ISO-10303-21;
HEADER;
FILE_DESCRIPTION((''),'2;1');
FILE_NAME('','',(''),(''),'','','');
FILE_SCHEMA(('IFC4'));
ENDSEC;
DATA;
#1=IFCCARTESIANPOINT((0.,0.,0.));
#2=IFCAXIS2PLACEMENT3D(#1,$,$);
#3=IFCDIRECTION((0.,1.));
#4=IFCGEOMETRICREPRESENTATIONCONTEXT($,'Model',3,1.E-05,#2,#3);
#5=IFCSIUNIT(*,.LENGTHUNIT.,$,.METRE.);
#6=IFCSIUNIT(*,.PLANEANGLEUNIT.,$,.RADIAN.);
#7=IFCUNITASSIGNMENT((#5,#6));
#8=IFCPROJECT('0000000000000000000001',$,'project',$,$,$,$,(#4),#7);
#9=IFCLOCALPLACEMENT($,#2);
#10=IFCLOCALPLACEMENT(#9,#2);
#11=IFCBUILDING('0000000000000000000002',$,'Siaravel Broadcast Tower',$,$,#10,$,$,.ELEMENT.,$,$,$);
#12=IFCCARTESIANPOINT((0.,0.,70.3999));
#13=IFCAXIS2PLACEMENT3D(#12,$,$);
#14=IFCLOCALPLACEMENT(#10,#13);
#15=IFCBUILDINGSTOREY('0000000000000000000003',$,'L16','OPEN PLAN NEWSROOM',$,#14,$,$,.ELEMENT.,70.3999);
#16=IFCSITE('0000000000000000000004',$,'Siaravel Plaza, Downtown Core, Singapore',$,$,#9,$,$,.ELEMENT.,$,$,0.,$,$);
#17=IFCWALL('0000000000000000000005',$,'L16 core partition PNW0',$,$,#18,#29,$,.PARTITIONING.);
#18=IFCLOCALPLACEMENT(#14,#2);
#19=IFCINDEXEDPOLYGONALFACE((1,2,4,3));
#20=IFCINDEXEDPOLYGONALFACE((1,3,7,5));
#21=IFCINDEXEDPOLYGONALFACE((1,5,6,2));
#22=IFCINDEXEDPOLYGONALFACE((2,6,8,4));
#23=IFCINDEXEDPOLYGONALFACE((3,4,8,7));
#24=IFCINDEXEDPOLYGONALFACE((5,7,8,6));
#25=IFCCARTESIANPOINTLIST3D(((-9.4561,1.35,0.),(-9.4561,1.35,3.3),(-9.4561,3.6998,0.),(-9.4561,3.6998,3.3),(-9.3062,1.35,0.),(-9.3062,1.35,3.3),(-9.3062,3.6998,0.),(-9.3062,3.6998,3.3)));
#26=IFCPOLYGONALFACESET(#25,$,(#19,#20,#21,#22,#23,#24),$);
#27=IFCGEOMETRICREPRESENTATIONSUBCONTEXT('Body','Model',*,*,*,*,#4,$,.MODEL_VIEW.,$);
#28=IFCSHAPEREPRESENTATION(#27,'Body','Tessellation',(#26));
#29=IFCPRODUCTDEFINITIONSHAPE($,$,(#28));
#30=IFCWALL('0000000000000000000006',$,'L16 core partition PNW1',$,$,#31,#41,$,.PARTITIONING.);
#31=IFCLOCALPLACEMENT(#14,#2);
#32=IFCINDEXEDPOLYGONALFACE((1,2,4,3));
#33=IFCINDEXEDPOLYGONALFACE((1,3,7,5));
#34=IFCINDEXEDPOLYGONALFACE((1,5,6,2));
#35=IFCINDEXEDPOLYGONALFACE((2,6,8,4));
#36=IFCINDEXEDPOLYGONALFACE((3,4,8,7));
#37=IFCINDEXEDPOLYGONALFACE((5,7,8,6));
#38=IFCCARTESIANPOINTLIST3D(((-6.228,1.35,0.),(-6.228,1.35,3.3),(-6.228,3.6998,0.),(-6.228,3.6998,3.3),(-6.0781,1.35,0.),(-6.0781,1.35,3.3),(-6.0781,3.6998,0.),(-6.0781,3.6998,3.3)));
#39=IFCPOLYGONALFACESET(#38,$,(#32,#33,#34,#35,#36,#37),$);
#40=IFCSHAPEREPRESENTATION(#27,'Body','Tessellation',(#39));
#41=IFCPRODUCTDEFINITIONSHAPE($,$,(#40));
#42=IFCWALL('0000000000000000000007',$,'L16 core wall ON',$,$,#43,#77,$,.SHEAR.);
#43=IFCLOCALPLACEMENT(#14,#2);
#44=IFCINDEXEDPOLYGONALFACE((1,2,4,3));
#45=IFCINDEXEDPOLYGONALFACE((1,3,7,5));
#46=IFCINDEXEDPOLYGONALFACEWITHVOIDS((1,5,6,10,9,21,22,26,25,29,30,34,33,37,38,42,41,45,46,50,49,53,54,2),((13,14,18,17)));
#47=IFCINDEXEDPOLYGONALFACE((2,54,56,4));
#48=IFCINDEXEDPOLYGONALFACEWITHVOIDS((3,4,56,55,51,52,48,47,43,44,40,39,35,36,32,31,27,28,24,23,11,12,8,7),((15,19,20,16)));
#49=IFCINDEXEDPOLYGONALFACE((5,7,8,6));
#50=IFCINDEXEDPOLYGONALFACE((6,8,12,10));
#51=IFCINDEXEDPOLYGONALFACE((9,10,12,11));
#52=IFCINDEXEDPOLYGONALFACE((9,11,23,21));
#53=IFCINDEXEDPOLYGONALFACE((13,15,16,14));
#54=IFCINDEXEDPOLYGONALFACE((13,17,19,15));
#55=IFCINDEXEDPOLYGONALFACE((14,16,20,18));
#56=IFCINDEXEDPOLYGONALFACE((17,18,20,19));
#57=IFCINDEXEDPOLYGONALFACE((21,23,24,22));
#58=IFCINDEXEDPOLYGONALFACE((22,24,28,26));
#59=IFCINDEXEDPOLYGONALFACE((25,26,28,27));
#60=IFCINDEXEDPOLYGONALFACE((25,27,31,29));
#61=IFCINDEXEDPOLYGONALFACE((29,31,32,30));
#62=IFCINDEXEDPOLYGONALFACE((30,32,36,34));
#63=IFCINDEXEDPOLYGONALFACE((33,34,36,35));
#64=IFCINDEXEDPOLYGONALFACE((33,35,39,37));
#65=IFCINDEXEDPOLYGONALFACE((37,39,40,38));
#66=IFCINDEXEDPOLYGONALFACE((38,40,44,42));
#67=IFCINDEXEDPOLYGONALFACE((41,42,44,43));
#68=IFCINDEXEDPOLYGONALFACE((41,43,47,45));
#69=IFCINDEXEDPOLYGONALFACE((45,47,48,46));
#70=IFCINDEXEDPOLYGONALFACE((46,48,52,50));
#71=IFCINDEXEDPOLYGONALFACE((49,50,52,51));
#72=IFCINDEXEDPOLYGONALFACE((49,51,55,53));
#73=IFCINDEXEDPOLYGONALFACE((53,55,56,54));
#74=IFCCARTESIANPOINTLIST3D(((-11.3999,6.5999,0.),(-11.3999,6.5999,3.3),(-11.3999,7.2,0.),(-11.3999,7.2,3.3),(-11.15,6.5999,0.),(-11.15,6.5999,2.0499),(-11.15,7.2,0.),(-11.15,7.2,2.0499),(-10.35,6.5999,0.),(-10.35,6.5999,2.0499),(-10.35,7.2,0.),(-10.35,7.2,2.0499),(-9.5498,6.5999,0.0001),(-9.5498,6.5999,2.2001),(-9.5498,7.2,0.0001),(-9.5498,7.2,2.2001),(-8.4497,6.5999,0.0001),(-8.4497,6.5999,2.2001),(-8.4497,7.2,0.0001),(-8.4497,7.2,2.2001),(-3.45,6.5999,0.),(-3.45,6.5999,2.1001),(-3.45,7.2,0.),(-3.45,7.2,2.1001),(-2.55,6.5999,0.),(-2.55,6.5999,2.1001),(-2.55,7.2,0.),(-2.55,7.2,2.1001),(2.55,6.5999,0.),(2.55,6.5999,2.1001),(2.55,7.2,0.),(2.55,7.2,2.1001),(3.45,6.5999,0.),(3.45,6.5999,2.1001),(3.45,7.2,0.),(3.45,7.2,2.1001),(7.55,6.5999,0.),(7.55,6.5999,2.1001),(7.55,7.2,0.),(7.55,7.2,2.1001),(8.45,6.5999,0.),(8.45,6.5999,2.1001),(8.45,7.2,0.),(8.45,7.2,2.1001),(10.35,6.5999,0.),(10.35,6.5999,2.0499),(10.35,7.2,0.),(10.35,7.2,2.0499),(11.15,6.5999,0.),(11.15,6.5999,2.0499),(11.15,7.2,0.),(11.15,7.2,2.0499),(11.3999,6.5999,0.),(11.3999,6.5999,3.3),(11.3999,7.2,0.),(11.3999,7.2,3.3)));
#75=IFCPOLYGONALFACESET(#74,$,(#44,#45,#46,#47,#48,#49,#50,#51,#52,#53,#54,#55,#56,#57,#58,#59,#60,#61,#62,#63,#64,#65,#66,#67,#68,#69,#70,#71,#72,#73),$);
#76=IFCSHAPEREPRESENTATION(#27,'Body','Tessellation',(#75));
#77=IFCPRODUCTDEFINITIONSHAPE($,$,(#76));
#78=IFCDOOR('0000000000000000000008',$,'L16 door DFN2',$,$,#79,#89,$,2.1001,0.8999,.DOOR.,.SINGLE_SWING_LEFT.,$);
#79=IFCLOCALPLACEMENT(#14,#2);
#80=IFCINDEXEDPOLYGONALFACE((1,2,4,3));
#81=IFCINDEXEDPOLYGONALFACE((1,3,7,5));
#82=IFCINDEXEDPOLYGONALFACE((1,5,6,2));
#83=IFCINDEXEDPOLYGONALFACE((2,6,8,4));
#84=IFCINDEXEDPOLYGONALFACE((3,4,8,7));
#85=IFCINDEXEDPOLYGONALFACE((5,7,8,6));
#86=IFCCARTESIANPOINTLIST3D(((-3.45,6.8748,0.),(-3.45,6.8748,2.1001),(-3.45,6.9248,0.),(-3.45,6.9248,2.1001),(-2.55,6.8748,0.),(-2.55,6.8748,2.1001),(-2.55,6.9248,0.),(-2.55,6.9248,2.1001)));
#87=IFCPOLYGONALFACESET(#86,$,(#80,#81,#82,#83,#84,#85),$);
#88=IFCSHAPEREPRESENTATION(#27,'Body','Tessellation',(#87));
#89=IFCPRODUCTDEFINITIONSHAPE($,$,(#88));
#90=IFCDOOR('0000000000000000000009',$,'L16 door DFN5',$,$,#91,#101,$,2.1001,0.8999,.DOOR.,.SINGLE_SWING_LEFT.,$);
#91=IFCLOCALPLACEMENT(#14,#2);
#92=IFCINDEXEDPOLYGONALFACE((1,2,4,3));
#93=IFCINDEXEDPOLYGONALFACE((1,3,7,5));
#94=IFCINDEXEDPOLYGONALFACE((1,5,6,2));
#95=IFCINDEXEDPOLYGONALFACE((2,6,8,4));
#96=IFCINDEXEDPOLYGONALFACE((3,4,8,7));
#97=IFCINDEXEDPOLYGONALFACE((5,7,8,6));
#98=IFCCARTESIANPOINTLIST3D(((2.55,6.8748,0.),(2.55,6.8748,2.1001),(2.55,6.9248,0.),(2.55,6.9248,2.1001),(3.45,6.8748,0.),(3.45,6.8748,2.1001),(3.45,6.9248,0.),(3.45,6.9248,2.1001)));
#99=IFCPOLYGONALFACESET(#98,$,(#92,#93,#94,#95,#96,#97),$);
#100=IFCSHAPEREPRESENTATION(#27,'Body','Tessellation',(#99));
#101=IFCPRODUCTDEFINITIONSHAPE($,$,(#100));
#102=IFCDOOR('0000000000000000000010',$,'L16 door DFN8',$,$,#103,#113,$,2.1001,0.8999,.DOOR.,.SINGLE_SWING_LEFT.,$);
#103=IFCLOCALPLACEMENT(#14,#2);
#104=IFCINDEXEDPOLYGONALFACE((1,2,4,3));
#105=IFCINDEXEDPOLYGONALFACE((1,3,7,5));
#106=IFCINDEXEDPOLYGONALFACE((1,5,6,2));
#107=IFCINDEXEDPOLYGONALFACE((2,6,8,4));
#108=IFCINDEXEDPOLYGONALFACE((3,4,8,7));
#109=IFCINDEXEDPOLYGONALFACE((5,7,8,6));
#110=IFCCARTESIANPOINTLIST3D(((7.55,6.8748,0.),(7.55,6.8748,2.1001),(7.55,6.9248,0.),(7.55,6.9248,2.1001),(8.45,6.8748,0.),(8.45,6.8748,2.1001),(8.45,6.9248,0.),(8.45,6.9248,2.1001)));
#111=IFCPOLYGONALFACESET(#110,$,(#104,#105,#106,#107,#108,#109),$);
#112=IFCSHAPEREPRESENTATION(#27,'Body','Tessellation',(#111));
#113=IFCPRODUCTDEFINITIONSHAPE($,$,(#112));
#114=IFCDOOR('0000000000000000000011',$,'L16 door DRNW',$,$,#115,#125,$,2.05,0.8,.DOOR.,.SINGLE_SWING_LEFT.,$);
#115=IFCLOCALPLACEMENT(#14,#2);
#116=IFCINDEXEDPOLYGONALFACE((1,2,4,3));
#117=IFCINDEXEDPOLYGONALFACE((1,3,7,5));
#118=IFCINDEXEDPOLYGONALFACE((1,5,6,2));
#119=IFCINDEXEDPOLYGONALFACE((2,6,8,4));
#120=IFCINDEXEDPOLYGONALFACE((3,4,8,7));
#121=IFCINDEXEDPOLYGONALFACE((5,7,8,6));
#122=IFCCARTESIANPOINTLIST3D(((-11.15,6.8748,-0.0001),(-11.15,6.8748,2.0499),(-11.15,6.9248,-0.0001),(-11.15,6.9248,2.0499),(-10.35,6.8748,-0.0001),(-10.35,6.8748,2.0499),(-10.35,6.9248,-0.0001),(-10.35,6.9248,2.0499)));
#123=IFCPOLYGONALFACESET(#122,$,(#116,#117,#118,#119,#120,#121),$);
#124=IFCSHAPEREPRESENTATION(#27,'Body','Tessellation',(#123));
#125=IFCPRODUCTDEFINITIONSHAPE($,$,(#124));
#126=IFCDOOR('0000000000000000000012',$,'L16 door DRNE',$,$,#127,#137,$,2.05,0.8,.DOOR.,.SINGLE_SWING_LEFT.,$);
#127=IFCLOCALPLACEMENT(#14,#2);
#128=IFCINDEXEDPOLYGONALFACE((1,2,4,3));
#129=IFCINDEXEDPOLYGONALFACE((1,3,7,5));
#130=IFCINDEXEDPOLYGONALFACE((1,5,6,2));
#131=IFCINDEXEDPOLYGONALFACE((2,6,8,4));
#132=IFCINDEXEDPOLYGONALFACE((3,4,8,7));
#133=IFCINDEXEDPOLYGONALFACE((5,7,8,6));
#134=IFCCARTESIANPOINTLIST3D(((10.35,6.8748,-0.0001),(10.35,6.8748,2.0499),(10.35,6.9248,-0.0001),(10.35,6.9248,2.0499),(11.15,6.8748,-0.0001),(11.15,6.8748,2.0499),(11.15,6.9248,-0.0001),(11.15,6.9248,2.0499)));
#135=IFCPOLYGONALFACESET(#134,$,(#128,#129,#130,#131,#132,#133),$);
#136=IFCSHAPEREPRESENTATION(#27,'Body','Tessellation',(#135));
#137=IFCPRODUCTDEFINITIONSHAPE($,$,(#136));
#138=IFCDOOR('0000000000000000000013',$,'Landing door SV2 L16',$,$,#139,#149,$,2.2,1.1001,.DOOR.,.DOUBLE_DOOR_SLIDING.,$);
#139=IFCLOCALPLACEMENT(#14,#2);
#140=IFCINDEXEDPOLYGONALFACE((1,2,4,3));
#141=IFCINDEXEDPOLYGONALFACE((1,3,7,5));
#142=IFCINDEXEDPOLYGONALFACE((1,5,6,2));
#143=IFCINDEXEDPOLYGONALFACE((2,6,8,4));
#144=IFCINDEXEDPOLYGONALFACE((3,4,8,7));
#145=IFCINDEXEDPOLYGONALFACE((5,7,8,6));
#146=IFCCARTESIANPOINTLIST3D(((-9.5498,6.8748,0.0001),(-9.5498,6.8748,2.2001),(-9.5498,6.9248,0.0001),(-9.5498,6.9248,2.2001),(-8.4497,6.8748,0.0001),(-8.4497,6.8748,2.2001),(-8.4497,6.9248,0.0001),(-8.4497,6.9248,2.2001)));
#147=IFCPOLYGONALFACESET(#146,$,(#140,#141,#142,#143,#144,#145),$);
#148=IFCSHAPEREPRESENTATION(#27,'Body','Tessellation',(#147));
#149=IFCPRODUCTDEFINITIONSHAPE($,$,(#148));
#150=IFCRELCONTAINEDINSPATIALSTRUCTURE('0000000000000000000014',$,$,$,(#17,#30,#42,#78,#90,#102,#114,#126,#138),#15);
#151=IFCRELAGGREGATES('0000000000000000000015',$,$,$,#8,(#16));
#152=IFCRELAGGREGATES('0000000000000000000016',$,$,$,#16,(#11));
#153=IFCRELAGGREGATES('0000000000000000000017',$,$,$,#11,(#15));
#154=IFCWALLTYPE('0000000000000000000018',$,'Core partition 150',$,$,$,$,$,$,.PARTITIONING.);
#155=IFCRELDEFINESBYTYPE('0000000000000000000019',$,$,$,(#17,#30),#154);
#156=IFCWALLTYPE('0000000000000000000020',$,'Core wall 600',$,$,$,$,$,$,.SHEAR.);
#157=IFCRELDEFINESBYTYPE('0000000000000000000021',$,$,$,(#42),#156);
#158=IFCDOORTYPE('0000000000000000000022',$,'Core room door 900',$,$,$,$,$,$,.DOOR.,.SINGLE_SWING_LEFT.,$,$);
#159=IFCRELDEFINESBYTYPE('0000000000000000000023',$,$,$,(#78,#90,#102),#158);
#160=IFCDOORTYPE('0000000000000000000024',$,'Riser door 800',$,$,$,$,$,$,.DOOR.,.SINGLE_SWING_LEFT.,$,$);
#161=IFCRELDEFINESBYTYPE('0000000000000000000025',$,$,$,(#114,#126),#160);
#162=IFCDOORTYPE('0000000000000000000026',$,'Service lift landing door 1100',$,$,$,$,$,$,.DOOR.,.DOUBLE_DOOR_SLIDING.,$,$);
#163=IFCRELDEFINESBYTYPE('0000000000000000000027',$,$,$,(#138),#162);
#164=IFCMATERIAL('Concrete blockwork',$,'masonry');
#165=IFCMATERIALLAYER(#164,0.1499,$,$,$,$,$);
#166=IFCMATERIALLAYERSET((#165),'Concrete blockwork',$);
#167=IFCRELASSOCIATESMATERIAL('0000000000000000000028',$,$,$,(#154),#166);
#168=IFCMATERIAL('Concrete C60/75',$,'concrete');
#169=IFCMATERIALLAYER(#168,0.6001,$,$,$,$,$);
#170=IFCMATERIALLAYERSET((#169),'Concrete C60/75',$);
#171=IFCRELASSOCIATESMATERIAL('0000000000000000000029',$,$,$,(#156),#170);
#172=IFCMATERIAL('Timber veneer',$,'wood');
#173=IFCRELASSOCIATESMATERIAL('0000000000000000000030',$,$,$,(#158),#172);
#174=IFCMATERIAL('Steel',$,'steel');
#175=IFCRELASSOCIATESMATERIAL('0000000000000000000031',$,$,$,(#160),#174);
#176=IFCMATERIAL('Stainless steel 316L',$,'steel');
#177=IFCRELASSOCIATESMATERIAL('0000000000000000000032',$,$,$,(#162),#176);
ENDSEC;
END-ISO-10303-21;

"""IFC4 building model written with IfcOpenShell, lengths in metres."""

from ifc_helpers import new_model, si_unit, direction, frame, frame_2d, origin, place, context, subcontext, project, spatial, rectangle, extrude, material, layer, layer_set, type_object, element, fill, save


model = new_model("IFC4")

# Units and contexts
model_context = context("Model", 3, precision=1e-05, world=origin(), true_north=direction((0.0, 1.0)))
body_context = subcontext(model_context, "Body", "Model", "MODEL_VIEW")
ifc_project = project(units=[si_unit("LENGTHUNIT", "METRE"), si_unit("PLANEANGLEUNIT", "RADIAN")], contexts=[model_context])

# Site, building, storey
site_placement = place(None, origin())
site = spatial("IfcSite", under=ifc_project, at=site_placement, Name="Siaravel Plaza, Downtown Core, Singapore", CompositionType="ELEMENT", RefElevation=0.0)
building_placement = place(site_placement, origin())
building = spatial("IfcBuilding", under=site, at=building_placement, Name="Siaravel Broadcast Tower", CompositionType="ELEMENT")
storey_placement = place(building_placement, frame((0.0, 0.0, 70.3999)))
storey = spatial("IfcBuildingStorey", under=building, at=storey_placement, Name="L16", Description="OPEN PLAN NEWSROOM", CompositionType="ELEMENT", Elevation=70.3999)

# Walls
ifc_material_1 = material(Name="Concrete blockwork", Category="masonry")
ifc_layer_1 = layer(ifc_material_1, 0.1499)
ifc_layer_set_1 = layer_set([ifc_layer_1], Name="Concrete blockwork")
wall_type_1 = type_object("IfcWallType", Name="Core partition 150", PredefinedType="PARTITIONING", material=ifc_layer_set_1)
for number, where, z_axis, x_axis, name in (
    (1, (-9.3811, 1.3501, 0.0), (0.0, 0.0, 1.0), (0.0, 1.0, 0.0), "L16 core partition PNW0"),
    (2, (-6.1531, 1.3501, 0.0), (0.0, 0.0, 1.0), (0.0, 1.0, 0.0), "L16 core partition PNW1"),
):
    element("IfcWall", number, at=place(storey_placement, frame(where, z_axis=z_axis, x_axis=x_axis)), inside=storey, type_object=wall_type_1, Name=name, PredefinedType="PARTITIONING", context=body_context, shape_type="SweptSolid", body=[
        extrude(rectangle(XDim=2.3499, YDim=0.1499, at=frame_2d((1.1748, 0.0))), origin(), (0.0, 0.0, 1.0), 3.3),
    ])

# Wall, openings, doors
ifc_material_2 = material(Name="Concrete C60/75", Category="concrete")
ifc_layer_2 = layer(ifc_material_2, 0.6001)
ifc_layer_set_2 = layer_set([ifc_layer_2], Name="Concrete C60/75")
wall_type_2 = type_object("IfcWallType", Name="Core wall 600", PredefinedType="SHEAR", material=ifc_layer_set_2)
wall_1_placement = place(storey_placement, frame((-11.3999, 6.8999, 0.0), z_axis=(0.0, 0.0, 1.0), x_axis=(1.0, 0.0, 0.0)))
wall_1 = element("IfcWall", 3, at=wall_1_placement, inside=storey, type_object=wall_type_2, Name="L16 core wall ON", PredefinedType="SHEAR", context=body_context, shape_type="SweptSolid", body=[
    extrude(rectangle(XDim=22.7998, YDim=0.6001, at=frame_2d((11.3999, 0.0))), origin(), (0.0, 0.0, 1.0), 3.3),
])
opening_1_placement = place(wall_1_placement, frame((1.8501, 0.0, 0.0)))
opening_1 = element("IfcOpeningElement", 4, at=opening_1_placement, cuts=wall_1, PredefinedType="OPENING", context=body_context, shape_type="SweptSolid", body=[
    extrude(rectangle(XDim=1.1001, YDim=2.2, at=frame_2d((0.55, 1.1001))), frame((0.0, 0.3101, 0.0), z_axis=(0.0, -1.0, 0.0), x_axis=(1.0, 0.0, 0.0)), (0.0, 0.0, 1.0), 0.6201),
])
opening_2_placement = place(wall_1_placement, frame((7.95, 0.0, 0.0)))
opening_2 = element("IfcOpeningElement", 5, at=opening_2_placement, cuts=wall_1, PredefinedType="OPENING", context=body_context, shape_type="SweptSolid", body=[
    extrude(rectangle(XDim=0.8999, YDim=2.1001, at=frame_2d((0.45, 1.05))), frame((0.0, 0.3101, 0.0), z_axis=(0.0, -1.0, 0.0), x_axis=(1.0, 0.0, 0.0)), (0.0, 0.0, 1.0), 0.6201),
])
opening_3_placement = place(wall_1_placement, frame((13.95, 0.0, 0.0)))
opening_3 = element("IfcOpeningElement", 6, at=opening_3_placement, cuts=wall_1, PredefinedType="OPENING", context=body_context, shape_type="SweptSolid", body=[
    extrude(rectangle(XDim=0.8999, YDim=2.1001, at=frame_2d((0.45, 1.05))), frame((0.0, 0.3101, 0.0), z_axis=(0.0, -1.0, 0.0), x_axis=(1.0, 0.0, 0.0)), (0.0, 0.0, 1.0), 0.6201),
])
opening_4_placement = place(wall_1_placement, frame((18.95, 0.0, 0.0)))
opening_4 = element("IfcOpeningElement", 7, at=opening_4_placement, cuts=wall_1, PredefinedType="OPENING", context=body_context, shape_type="SweptSolid", body=[
    extrude(rectangle(XDim=0.8999, YDim=2.1001, at=frame_2d((0.45, 1.05))), frame((0.0, 0.3101, 0.0), z_axis=(0.0, -1.0, 0.0), x_axis=(1.0, 0.0, 0.0)), (0.0, 0.0, 1.0), 0.6201),
])
opening_5_placement = place(wall_1_placement, frame((0.25, 0.0, 0.0)))
opening_5 = element("IfcOpeningElement", 8, at=opening_5_placement, cuts=wall_1, PredefinedType="OPENING", context=body_context, shape_type="SweptSolid", body=[
    extrude(rectangle(XDim=0.8, YDim=2.05, at=frame_2d((0.3999, 1.0249))), frame((0.0, 0.3101, 0.0), z_axis=(0.0, -1.0, 0.0), x_axis=(1.0, 0.0, 0.0)), (0.0, 0.0, 1.0), 0.6201),
])
opening_6_placement = place(wall_1_placement, frame((21.75, 0.0, 0.0)))
opening_6 = element("IfcOpeningElement", 9, at=opening_6_placement, cuts=wall_1, PredefinedType="OPENING", context=body_context, shape_type="SweptSolid", body=[
    extrude(rectangle(XDim=0.8, YDim=2.05, at=frame_2d((0.3999, 1.0249))), frame((0.0, 0.3101, 0.0), z_axis=(0.0, -1.0, 0.0), x_axis=(1.0, 0.0, 0.0)), (0.0, 0.0, 1.0), 0.6201),
])
ifc_material_3 = material(Name="Timber veneer", Category="wood")
door_type_1 = type_object("IfcDoorType", Name="Core room door 900", OperationType="SINGLE_SWING_LEFT", PredefinedType="DOOR", material=ifc_material_3)
door_1_placement = place(opening_2_placement, origin())
door_1 = element("IfcDoor", 10, at=door_1_placement, inside=storey, type_object=door_type_1, Name="L16 door DFN2", OperationType="SINGLE_SWING_LEFT", OverallHeight=2.1001, OverallWidth=0.8999, PredefinedType="DOOR", context=body_context, shape_type="SweptSolid", body=[
    extrude(rectangle(XDim=0.8999, YDim=2.1001, at=frame_2d((0.45, 1.05))), frame((0.0, 0.0249, 0.0), z_axis=(0.0, -1.0, 0.0), x_axis=(1.0, 0.0, 0.0)), (0.0, 0.0, 1.0), 0.05),
])
fill(opening_2, door_1)
door_2_placement = place(opening_3_placement, origin())
door_2 = element("IfcDoor", 11, at=door_2_placement, inside=storey, type_object=door_type_1, Name="L16 door DFN5", OperationType="SINGLE_SWING_LEFT", OverallHeight=2.1001, OverallWidth=0.8999, PredefinedType="DOOR", context=body_context, shape_type="SweptSolid", body=[
    extrude(rectangle(XDim=0.8999, YDim=2.1001, at=frame_2d((0.45, 1.05))), frame((0.0, 0.0249, 0.0), z_axis=(0.0, -1.0, 0.0), x_axis=(1.0, 0.0, 0.0)), (0.0, 0.0, 1.0), 0.05),
])
fill(opening_3, door_2)
door_3_placement = place(opening_4_placement, origin())
door_3 = element("IfcDoor", 12, at=door_3_placement, inside=storey, type_object=door_type_1, Name="L16 door DFN8", OperationType="SINGLE_SWING_LEFT", OverallHeight=2.1001, OverallWidth=0.8999, PredefinedType="DOOR", context=body_context, shape_type="SweptSolid", body=[
    extrude(rectangle(XDim=0.8999, YDim=2.1001, at=frame_2d((0.45, 1.05))), frame((0.0, 0.0249, 0.0), z_axis=(0.0, -1.0, 0.0), x_axis=(1.0, 0.0, 0.0)), (0.0, 0.0, 1.0), 0.05),
])
fill(opening_4, door_3)
ifc_material_4 = material(Name="Steel", Category="steel")
door_type_2 = type_object("IfcDoorType", Name="Riser door 800", OperationType="SINGLE_SWING_LEFT", PredefinedType="DOOR", material=ifc_material_4)
door_4_placement = place(opening_5_placement, origin())
door_4 = element("IfcDoor", 13, at=door_4_placement, inside=storey, type_object=door_type_2, Name="L16 door DRNW", OperationType="SINGLE_SWING_LEFT", OverallHeight=2.05, OverallWidth=0.8, PredefinedType="DOOR", context=body_context, shape_type="SweptSolid", body=[
    extrude(rectangle(XDim=0.8, YDim=2.05, at=frame_2d((0.3999, 1.0249))), frame((0.0, 0.0249, 0.0), z_axis=(0.0, -1.0, 0.0), x_axis=(1.0, 0.0, 0.0)), (0.0, 0.0, 1.0), 0.05),
])
fill(opening_5, door_4)
door_5_placement = place(opening_6_placement, origin())
door_5 = element("IfcDoor", 14, at=door_5_placement, inside=storey, type_object=door_type_2, Name="L16 door DRNE", OperationType="SINGLE_SWING_LEFT", OverallHeight=2.05, OverallWidth=0.8, PredefinedType="DOOR", context=body_context, shape_type="SweptSolid", body=[
    extrude(rectangle(XDim=0.8, YDim=2.05, at=frame_2d((0.3999, 1.0249))), frame((0.0, 0.0249, 0.0), z_axis=(0.0, -1.0, 0.0), x_axis=(1.0, 0.0, 0.0)), (0.0, 0.0, 1.0), 0.05),
])
fill(opening_6, door_5)
ifc_material_5 = material(Name="Stainless steel 316L", Category="steel")
door_type_3 = type_object("IfcDoorType", Name="Service lift landing door 1100", OperationType="DOUBLE_DOOR_SLIDING", PredefinedType="DOOR", material=ifc_material_5)
door_6_placement = place(opening_1_placement, origin())
door_6 = element("IfcDoor", 15, at=door_6_placement, inside=storey, type_object=door_type_3, Name="Landing door SV2 L16", OperationType="DOUBLE_DOOR_SLIDING", OverallHeight=2.2, OverallWidth=1.1001, PredefinedType="DOOR", context=body_context, shape_type="SweptSolid", body=[
    extrude(rectangle(XDim=1.1001, YDim=2.2, at=frame_2d((0.55, 1.1001))), frame((0.0, 0.0249, 0.0), z_axis=(0.0, -1.0, 0.0), x_axis=(1.0, 0.0, 0.0)), (0.0, 0.0, 1.0), 0.05),
])
fill(opening_1, door_6)

save(model, "model.ifc")
